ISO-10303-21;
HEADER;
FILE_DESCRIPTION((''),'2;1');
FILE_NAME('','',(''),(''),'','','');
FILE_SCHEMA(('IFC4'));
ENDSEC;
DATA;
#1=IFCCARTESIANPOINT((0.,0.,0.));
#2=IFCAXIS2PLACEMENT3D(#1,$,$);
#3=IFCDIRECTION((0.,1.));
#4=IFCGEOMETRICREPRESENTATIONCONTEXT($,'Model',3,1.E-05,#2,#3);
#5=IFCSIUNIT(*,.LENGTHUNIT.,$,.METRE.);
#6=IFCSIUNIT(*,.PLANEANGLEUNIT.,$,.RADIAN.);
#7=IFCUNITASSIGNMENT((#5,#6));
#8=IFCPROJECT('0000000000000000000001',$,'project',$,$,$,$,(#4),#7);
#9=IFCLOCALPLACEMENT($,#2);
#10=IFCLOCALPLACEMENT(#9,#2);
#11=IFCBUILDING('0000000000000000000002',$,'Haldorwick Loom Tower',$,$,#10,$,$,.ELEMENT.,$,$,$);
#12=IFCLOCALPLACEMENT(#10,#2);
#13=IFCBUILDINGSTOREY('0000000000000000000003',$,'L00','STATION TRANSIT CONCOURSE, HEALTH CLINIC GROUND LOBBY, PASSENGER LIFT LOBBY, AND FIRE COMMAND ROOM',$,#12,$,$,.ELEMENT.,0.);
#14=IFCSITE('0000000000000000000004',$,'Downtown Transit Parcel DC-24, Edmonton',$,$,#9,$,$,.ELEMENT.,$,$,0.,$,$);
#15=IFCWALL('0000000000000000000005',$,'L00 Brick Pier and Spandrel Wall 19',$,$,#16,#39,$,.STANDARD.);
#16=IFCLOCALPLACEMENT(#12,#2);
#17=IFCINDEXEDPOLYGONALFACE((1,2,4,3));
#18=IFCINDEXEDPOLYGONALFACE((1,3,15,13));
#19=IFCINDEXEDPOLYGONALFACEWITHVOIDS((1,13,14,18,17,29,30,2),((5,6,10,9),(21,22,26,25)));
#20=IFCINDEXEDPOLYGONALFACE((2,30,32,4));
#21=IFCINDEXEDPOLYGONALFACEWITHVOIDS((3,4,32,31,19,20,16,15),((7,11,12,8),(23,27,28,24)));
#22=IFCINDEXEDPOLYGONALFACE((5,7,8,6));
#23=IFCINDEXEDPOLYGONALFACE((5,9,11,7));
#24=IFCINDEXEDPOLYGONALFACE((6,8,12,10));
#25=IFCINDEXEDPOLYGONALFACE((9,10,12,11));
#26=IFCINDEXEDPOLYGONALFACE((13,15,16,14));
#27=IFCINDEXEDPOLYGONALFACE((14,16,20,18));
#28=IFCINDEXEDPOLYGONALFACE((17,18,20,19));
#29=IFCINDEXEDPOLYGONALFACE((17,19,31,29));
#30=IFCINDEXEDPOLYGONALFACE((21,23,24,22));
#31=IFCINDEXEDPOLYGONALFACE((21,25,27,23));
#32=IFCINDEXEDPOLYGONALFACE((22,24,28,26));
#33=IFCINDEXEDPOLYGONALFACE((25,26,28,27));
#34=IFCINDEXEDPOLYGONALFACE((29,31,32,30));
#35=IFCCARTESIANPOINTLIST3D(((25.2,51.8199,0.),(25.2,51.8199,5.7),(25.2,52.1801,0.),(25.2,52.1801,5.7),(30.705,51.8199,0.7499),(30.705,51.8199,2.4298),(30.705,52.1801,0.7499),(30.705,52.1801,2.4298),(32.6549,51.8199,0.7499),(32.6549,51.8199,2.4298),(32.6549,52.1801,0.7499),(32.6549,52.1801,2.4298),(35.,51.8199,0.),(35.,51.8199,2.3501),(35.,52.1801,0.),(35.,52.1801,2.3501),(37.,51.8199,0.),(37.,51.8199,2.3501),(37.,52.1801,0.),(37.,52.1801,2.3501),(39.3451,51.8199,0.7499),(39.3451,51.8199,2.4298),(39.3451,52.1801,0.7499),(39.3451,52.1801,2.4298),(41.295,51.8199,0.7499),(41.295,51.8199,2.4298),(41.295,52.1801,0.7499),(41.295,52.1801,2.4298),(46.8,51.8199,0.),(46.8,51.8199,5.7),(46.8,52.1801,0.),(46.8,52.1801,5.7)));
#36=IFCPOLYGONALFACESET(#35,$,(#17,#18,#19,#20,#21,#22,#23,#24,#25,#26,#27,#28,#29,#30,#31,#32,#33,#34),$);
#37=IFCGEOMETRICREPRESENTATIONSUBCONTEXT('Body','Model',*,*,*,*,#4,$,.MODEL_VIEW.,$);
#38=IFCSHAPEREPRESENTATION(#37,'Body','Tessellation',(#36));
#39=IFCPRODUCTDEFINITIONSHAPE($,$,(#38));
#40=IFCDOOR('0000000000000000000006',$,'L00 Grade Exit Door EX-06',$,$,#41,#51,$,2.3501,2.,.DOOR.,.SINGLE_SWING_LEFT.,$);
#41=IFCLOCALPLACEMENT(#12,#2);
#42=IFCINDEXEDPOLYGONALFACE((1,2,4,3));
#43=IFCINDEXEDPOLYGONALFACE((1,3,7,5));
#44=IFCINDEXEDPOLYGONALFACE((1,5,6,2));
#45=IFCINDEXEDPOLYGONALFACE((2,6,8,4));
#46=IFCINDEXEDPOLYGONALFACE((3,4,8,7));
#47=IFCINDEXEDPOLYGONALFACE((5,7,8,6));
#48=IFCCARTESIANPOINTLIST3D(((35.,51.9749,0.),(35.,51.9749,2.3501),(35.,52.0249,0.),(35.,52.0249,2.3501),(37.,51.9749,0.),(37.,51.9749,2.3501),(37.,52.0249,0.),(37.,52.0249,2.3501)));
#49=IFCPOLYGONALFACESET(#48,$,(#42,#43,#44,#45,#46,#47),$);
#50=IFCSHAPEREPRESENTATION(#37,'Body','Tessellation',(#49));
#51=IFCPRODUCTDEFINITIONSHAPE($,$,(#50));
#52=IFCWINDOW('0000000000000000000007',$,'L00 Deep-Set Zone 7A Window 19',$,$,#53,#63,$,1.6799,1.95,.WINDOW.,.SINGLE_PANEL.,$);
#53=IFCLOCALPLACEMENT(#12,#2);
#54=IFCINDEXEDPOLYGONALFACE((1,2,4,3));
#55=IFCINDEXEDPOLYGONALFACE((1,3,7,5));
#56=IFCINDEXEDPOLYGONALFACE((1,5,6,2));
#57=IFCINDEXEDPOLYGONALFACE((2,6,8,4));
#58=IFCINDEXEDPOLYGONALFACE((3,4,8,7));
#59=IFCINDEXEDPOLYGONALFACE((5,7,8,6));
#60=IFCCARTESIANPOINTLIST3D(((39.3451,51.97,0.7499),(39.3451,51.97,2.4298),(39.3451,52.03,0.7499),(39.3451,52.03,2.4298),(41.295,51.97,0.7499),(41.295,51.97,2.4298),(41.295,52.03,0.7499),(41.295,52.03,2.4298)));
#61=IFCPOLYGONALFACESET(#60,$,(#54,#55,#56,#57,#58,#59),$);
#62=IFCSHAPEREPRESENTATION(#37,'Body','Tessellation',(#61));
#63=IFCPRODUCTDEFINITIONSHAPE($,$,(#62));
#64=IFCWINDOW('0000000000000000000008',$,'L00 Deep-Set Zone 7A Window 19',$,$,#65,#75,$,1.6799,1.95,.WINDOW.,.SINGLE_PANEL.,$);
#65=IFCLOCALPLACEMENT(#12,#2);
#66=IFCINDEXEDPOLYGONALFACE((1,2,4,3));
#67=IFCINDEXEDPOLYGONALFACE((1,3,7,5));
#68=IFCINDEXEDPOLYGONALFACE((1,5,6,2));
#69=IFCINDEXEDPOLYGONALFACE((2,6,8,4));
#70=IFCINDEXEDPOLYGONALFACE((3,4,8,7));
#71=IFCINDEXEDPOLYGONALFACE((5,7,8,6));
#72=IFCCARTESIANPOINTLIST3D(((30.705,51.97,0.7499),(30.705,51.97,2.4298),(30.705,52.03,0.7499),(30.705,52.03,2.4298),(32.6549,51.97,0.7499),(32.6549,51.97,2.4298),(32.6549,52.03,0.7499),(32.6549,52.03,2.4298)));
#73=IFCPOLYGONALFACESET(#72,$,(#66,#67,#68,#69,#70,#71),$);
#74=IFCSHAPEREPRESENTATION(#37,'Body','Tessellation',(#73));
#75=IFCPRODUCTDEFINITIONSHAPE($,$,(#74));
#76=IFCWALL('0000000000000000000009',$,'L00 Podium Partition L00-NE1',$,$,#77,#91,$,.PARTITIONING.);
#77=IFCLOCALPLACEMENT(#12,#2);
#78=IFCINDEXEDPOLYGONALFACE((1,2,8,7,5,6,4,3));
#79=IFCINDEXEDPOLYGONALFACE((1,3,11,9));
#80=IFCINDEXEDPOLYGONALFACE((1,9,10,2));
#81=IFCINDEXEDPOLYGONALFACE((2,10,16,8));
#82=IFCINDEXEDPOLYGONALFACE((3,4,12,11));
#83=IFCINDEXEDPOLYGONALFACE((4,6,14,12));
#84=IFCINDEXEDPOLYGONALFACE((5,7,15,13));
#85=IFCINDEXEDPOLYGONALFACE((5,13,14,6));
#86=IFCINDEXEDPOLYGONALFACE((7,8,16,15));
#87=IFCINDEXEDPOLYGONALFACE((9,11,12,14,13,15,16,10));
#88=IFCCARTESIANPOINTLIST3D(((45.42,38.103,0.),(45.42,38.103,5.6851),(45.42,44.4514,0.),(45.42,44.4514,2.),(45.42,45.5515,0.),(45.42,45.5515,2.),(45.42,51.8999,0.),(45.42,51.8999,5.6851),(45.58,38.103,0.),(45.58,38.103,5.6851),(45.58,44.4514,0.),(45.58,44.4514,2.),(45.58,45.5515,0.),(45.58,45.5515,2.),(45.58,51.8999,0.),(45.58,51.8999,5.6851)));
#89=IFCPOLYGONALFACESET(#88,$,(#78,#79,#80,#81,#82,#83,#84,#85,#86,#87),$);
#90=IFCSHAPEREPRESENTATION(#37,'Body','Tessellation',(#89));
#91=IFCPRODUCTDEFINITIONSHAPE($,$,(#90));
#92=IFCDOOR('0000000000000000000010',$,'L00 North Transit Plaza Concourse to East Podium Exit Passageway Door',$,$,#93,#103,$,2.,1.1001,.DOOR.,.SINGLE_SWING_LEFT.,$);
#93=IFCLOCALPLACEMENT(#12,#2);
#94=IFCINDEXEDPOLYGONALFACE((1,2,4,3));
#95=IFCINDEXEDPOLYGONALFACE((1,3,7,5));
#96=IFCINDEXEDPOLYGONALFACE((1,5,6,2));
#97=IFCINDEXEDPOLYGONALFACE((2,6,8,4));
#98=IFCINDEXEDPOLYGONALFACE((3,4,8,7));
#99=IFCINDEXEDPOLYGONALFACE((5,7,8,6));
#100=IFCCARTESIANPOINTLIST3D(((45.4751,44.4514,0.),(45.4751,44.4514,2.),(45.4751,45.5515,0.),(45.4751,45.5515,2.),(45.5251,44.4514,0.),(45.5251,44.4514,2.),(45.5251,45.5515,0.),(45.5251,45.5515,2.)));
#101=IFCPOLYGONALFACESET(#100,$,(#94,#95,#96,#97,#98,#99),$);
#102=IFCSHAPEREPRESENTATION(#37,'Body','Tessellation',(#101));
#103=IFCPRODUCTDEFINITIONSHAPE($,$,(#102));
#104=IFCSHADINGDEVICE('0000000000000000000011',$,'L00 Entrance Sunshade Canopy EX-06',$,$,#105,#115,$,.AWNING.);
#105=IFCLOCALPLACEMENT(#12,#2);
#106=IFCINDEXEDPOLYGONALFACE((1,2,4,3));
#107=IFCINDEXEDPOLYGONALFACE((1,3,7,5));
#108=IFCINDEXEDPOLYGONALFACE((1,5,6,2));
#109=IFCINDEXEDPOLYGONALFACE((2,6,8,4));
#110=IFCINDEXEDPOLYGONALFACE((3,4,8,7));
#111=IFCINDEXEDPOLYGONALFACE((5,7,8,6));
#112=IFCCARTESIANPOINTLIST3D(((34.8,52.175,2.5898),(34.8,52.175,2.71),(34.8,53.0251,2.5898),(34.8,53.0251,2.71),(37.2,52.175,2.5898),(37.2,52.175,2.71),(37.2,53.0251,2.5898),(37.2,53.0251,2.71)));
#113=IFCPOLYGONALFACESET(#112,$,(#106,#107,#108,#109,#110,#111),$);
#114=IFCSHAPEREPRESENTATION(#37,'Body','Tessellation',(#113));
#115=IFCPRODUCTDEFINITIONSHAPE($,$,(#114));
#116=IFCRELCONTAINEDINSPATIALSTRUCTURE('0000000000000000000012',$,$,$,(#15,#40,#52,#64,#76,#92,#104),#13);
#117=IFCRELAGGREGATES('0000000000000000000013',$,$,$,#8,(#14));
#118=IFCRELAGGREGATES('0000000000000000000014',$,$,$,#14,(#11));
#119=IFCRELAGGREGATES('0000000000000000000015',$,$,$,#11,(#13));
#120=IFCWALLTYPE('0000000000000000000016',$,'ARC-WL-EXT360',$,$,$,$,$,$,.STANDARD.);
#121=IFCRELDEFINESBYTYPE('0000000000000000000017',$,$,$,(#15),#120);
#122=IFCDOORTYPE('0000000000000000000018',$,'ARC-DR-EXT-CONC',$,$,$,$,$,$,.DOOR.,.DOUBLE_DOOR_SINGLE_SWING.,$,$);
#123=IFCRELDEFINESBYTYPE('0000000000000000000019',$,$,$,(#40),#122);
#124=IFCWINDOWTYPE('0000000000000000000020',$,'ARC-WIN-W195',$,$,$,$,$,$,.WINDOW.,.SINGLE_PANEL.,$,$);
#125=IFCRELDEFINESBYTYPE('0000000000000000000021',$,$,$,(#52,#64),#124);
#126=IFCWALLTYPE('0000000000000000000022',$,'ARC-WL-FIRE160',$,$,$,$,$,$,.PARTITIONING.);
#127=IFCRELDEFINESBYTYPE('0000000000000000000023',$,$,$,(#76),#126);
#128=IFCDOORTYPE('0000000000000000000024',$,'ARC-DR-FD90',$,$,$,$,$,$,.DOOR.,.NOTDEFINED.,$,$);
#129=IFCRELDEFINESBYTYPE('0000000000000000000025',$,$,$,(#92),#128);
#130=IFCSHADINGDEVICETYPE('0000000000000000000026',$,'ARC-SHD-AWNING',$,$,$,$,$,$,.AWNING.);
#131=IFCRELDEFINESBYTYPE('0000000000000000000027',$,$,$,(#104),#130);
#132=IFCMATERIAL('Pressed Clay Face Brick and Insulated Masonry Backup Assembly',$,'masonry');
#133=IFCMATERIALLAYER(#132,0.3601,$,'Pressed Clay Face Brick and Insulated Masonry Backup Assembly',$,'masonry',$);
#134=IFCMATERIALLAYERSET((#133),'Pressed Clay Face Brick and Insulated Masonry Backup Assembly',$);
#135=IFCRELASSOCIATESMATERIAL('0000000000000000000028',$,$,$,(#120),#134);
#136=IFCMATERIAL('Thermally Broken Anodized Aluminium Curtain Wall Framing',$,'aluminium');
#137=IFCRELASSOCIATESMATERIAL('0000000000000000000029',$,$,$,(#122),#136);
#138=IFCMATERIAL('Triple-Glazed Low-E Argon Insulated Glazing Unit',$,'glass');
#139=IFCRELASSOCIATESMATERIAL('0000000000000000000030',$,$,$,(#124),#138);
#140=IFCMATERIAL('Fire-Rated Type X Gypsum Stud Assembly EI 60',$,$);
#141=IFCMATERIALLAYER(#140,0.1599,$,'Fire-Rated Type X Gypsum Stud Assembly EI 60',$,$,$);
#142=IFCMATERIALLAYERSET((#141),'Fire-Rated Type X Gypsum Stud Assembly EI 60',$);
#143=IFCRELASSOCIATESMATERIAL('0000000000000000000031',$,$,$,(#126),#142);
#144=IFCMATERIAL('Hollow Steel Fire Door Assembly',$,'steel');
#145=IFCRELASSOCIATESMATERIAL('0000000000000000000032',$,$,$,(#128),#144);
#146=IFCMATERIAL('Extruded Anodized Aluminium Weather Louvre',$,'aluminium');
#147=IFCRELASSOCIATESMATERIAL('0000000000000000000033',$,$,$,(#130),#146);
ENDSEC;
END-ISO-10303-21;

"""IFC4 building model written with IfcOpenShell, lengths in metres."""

from ifc_helpers import new_model, si_unit, direction, frame, frame_2d, origin, origin_2d, place, context, subcontext, project, spatial, rectangle, extrude, material, layer, layer_set, type_object, element, fill, save


model = new_model("IFC4")

# Units and contexts
model_context = context("Model", 3, precision=1e-05, world=origin(), true_north=direction((0.0, 1.0)))
body_context = subcontext(model_context, "Body", "Model", "MODEL_VIEW")
ifc_project = project(units=[si_unit("LENGTHUNIT", "METRE"), si_unit("PLANEANGLEUNIT", "RADIAN")], contexts=[model_context])

# Site, building, storey
site_placement = place(None, origin())
site = spatial("IfcSite", under=ifc_project, at=site_placement, Name="Downtown Transit Parcel DC-24, Edmonton", CompositionType="ELEMENT", RefElevation=0.0)
building_placement = place(site_placement, origin())
building = spatial("IfcBuilding", under=site, at=building_placement, Name="Haldorwick Loom Tower", CompositionType="ELEMENT")
storey_placement = place(building_placement, origin())
storey = spatial("IfcBuildingStorey", under=building, at=storey_placement, Name="L00", Description="STATION TRANSIT CONCOURSE, HEALTH CLINIC GROUND LOBBY, PASSENGER LIFT LOBBY, AND FIRE COMMAND ROOM", CompositionType="ELEMENT", Elevation=0.0)

# Wall, openings, door, windows
ifc_material_1 = material(Name="Pressed Clay Face Brick and Insulated Masonry Backup Assembly", Category="masonry")
ifc_layer_1 = layer(ifc_material_1, 0.3601, Name="Pressed Clay Face Brick and Insulated Masonry Backup Assembly", Category="masonry")
ifc_layer_set_1 = layer_set([ifc_layer_1], Name="Pressed Clay Face Brick and Insulated Masonry Backup Assembly")
wall_type_1 = type_object("IfcWallType", Name="ARC-WL-EXT360", PredefinedType="STANDARD", material=ifc_layer_set_1)
wall_1_placement = place(storey_placement, frame((46.8, 52.0, 0.0), z_axis=(0.0, 0.0, 1.0), x_axis=(-1.0, 0.0, 0.0)))
wall_1 = element("IfcWall", 1, at=wall_1_placement, inside=storey, type_object=wall_type_1, Name="L00 Brick Pier and Spandrel Wall 19", PredefinedType="STANDARD", context=body_context, shape_type="SweptSolid", body=[
    extrude(rectangle(XDim=21.6001, YDim=0.3601, at=frame_2d((10.8, 0.0))), origin(), (0.0, 0.0, 1.0), 5.7),
])
opening_1_placement = place(wall_1_placement, frame((9.8, 0.0, 0.0)))
opening_1 = element("IfcOpeningElement", 2, at=opening_1_placement, cuts=wall_1, PredefinedType="OPENING", context=body_context, shape_type="SweptSolid", body=[
    extrude(rectangle(XDim=2.0, YDim=2.3501, at=frame_2d((1.0, 1.175))), frame((0.0, 0.1899, 0.0), z_axis=(0.0, -1.0, 0.0), x_axis=(1.0, 0.0, 0.0)), (0.0, 0.0, 1.0), 0.3801),
])
opening_2_placement = place(wall_1_placement, frame((5.5049, 0.0, 0.75)))
opening_2 = element("IfcOpeningElement", 3, at=opening_2_placement, cuts=wall_1, PredefinedType="OPENING", context=body_context, shape_type="SweptSolid", body=[
    extrude(rectangle(XDim=1.95, YDim=1.6799, at=frame_2d((0.9751, 0.8398))), frame((0.0, 0.1899, 0.0), z_axis=(0.0, -1.0, 0.0), x_axis=(1.0, 0.0, 0.0)), (0.0, 0.0, 1.0), 0.3801),
])
opening_3_placement = place(wall_1_placement, frame((14.145, 0.0, 0.75)))
opening_3 = element("IfcOpeningElement", 4, at=opening_3_placement, cuts=wall_1, PredefinedType="OPENING", context=body_context, shape_type="SweptSolid", body=[
    extrude(rectangle(XDim=1.95, YDim=1.6799, at=frame_2d((0.9751, 0.8398))), frame((0.0, 0.1899, 0.0), z_axis=(0.0, -1.0, 0.0), x_axis=(1.0, 0.0, 0.0)), (0.0, 0.0, 1.0), 0.3801),
])
ifc_material_2 = material(Name="Thermally Broken Anodized Aluminium Curtain Wall Framing", Category="aluminium")
door_type_1 = type_object("IfcDoorType", Name="ARC-DR-EXT-CONC", OperationType="DOUBLE_DOOR_SINGLE_SWING", PredefinedType="DOOR", material=ifc_material_2)
door_1_placement = place(opening_1_placement, frame((2.0, 0.0, 0.0), z_axis=(0.0, 0.0, 1.0), x_axis=(-1.0, 0.0, 0.0)))
door_1 = element("IfcDoor", 5, at=door_1_placement, inside=storey, type_object=door_type_1, Name="L00 Grade Exit Door EX-06", OperationType="SINGLE_SWING_LEFT", OverallHeight=2.3501, OverallWidth=2.0, PredefinedType="DOOR", context=body_context, shape_type="SweptSolid", body=[
    extrude(rectangle(XDim=2.0, YDim=2.3501, at=frame_2d((1.0, 1.175))), frame((0.0, 0.0249, 0.0), z_axis=(0.0, -1.0, 0.0), x_axis=(1.0, 0.0, 0.0)), (0.0, 0.0, 1.0), 0.05),
])
fill(opening_1, door_1)
ifc_material_3 = material(Name="Triple-Glazed Low-E Argon Insulated Glazing Unit", Category="glass")
window_type = type_object("IfcWindowType", Name="ARC-WIN-W195", PartitioningType="SINGLE_PANEL", PredefinedType="WINDOW", material=ifc_material_3)
window_1_placement = place(opening_2_placement, origin())
window_1 = element("IfcWindow", 6, at=window_1_placement, inside=storey, type_object=window_type, Name="L00 Deep-Set Zone 7A Window 19", OverallHeight=1.6799, OverallWidth=1.95, PartitioningType="SINGLE_PANEL", PredefinedType="WINDOW", context=body_context, shape_type="SweptSolid", body=[
    extrude(rectangle(XDim=1.95, YDim=1.6799, at=frame_2d((0.9751, 0.8398))), frame((0.0, 0.03, 0.0), z_axis=(0.0, -1.0, 0.0), x_axis=(1.0, 0.0, 0.0)), (0.0, 0.0, 1.0), 0.0601),
])
fill(opening_2, window_1)
window_2_placement = place(opening_3_placement, origin())
window_2 = element("IfcWindow", 7, at=window_2_placement, inside=storey, type_object=window_type, Name="L00 Deep-Set Zone 7A Window 19", OverallHeight=1.6799, OverallWidth=1.95, PartitioningType="SINGLE_PANEL", PredefinedType="WINDOW", context=body_context, shape_type="SweptSolid", body=[
    extrude(rectangle(XDim=1.95, YDim=1.6799, at=frame_2d((0.9751, 0.8398))), frame((0.0, 0.03, 0.0), z_axis=(0.0, -1.0, 0.0), x_axis=(1.0, 0.0, 0.0)), (0.0, 0.0, 1.0), 0.0601),
])
fill(opening_3, window_2)

# Wall, opening, door
ifc_material_4 = material(Name="Fire-Rated Type X Gypsum Stud Assembly EI 60")
ifc_layer_2 = layer(ifc_material_4, 0.1599, Name="Fire-Rated Type X Gypsum Stud Assembly EI 60")
ifc_layer_set_2 = layer_set([ifc_layer_2], Name="Fire-Rated Type X Gypsum Stud Assembly EI 60")
wall_type_2 = type_object("IfcWallType", Name="ARC-WL-FIRE160", PredefinedType="PARTITIONING", material=ifc_layer_set_2)
wall_2_placement = place(storey_placement, frame((45.5, 38.103, 0.0), z_axis=(0.0, 0.0, 1.0), x_axis=(0.0, 1.0, 0.0)))
wall_2 = element("IfcWall", 8, at=wall_2_placement, inside=storey, type_object=wall_type_2, Name="L00 Podium Partition L00-NE1", PredefinedType="PARTITIONING", context=body_context, shape_type="SweptSolid", body=[
    extrude(rectangle(XDim=13.7969, YDim=0.1599, at=frame_2d((6.8984, 0.0))), origin(), (0.0, 0.0, 1.0), 5.6851),
])
opening_4_placement = place(wall_2_placement, frame((6.3484, 0.0, 0.0)))
opening_4 = element("IfcOpeningElement", 9, at=opening_4_placement, cuts=wall_2, PredefinedType="OPENING", context=body_context, shape_type="SweptSolid", body=[
    extrude(rectangle(XDim=1.1001, YDim=2.0, at=frame_2d((0.55, 1.0))), frame((0.0, 0.0898, 0.0), z_axis=(0.0, -1.0, 0.0), x_axis=(1.0, 0.0, 0.0)), (0.0, 0.0, 1.0), 0.1799),
])
ifc_material_5 = material(Name="Hollow Steel Fire Door Assembly", Category="steel")
door_type_2 = type_object("IfcDoorType", Name="ARC-DR-FD90", OperationType="NOTDEFINED", PredefinedType="DOOR", material=ifc_material_5)
door_2_placement = place(opening_4_placement, origin())
door_2 = element("IfcDoor", 10, at=door_2_placement, inside=storey, type_object=door_type_2, Name="L00 North Transit Plaza Concourse to East Podium Exit Passageway Door", OperationType="SINGLE_SWING_LEFT", OverallHeight=2.0, OverallWidth=1.1001, PredefinedType="DOOR", context=body_context, shape_type="SweptSolid", body=[
    extrude(rectangle(XDim=1.1001, YDim=2.0, at=frame_2d((0.55, 1.0))), frame((0.0, 0.0249, 0.0), z_axis=(0.0, -1.0, 0.0), x_axis=(1.0, 0.0, 0.0)), (0.0, 0.0, 1.0), 0.05),
])
fill(opening_4, door_2)

# Shading device
ifc_material_6 = material(Name="Extruded Anodized Aluminium Weather Louvre", Category="aluminium")
shading_device_type = type_object("IfcShadingDeviceType", Name="ARC-SHD-AWNING", PredefinedType="AWNING", material=ifc_material_6)
shading_device_placement = place(storey_placement, frame((36.0, 52.6001, 2.5898), z_axis=(0.0, 0.0, 1.0), x_axis=(-1.0, 0.0, 0.0)))
element("IfcShadingDevice", 11, at=shading_device_placement, inside=storey, type_object=shading_device_type, Name="L00 Entrance Sunshade Canopy EX-06", PredefinedType="AWNING", context=body_context, shape_type="SweptSolid", body=[
    extrude(rectangle(XDim=2.3999, YDim=0.8501, at=origin_2d()), origin(), (0.0, 0.0, 1.0), 0.1201),
])

save(model, "model.ifc")
